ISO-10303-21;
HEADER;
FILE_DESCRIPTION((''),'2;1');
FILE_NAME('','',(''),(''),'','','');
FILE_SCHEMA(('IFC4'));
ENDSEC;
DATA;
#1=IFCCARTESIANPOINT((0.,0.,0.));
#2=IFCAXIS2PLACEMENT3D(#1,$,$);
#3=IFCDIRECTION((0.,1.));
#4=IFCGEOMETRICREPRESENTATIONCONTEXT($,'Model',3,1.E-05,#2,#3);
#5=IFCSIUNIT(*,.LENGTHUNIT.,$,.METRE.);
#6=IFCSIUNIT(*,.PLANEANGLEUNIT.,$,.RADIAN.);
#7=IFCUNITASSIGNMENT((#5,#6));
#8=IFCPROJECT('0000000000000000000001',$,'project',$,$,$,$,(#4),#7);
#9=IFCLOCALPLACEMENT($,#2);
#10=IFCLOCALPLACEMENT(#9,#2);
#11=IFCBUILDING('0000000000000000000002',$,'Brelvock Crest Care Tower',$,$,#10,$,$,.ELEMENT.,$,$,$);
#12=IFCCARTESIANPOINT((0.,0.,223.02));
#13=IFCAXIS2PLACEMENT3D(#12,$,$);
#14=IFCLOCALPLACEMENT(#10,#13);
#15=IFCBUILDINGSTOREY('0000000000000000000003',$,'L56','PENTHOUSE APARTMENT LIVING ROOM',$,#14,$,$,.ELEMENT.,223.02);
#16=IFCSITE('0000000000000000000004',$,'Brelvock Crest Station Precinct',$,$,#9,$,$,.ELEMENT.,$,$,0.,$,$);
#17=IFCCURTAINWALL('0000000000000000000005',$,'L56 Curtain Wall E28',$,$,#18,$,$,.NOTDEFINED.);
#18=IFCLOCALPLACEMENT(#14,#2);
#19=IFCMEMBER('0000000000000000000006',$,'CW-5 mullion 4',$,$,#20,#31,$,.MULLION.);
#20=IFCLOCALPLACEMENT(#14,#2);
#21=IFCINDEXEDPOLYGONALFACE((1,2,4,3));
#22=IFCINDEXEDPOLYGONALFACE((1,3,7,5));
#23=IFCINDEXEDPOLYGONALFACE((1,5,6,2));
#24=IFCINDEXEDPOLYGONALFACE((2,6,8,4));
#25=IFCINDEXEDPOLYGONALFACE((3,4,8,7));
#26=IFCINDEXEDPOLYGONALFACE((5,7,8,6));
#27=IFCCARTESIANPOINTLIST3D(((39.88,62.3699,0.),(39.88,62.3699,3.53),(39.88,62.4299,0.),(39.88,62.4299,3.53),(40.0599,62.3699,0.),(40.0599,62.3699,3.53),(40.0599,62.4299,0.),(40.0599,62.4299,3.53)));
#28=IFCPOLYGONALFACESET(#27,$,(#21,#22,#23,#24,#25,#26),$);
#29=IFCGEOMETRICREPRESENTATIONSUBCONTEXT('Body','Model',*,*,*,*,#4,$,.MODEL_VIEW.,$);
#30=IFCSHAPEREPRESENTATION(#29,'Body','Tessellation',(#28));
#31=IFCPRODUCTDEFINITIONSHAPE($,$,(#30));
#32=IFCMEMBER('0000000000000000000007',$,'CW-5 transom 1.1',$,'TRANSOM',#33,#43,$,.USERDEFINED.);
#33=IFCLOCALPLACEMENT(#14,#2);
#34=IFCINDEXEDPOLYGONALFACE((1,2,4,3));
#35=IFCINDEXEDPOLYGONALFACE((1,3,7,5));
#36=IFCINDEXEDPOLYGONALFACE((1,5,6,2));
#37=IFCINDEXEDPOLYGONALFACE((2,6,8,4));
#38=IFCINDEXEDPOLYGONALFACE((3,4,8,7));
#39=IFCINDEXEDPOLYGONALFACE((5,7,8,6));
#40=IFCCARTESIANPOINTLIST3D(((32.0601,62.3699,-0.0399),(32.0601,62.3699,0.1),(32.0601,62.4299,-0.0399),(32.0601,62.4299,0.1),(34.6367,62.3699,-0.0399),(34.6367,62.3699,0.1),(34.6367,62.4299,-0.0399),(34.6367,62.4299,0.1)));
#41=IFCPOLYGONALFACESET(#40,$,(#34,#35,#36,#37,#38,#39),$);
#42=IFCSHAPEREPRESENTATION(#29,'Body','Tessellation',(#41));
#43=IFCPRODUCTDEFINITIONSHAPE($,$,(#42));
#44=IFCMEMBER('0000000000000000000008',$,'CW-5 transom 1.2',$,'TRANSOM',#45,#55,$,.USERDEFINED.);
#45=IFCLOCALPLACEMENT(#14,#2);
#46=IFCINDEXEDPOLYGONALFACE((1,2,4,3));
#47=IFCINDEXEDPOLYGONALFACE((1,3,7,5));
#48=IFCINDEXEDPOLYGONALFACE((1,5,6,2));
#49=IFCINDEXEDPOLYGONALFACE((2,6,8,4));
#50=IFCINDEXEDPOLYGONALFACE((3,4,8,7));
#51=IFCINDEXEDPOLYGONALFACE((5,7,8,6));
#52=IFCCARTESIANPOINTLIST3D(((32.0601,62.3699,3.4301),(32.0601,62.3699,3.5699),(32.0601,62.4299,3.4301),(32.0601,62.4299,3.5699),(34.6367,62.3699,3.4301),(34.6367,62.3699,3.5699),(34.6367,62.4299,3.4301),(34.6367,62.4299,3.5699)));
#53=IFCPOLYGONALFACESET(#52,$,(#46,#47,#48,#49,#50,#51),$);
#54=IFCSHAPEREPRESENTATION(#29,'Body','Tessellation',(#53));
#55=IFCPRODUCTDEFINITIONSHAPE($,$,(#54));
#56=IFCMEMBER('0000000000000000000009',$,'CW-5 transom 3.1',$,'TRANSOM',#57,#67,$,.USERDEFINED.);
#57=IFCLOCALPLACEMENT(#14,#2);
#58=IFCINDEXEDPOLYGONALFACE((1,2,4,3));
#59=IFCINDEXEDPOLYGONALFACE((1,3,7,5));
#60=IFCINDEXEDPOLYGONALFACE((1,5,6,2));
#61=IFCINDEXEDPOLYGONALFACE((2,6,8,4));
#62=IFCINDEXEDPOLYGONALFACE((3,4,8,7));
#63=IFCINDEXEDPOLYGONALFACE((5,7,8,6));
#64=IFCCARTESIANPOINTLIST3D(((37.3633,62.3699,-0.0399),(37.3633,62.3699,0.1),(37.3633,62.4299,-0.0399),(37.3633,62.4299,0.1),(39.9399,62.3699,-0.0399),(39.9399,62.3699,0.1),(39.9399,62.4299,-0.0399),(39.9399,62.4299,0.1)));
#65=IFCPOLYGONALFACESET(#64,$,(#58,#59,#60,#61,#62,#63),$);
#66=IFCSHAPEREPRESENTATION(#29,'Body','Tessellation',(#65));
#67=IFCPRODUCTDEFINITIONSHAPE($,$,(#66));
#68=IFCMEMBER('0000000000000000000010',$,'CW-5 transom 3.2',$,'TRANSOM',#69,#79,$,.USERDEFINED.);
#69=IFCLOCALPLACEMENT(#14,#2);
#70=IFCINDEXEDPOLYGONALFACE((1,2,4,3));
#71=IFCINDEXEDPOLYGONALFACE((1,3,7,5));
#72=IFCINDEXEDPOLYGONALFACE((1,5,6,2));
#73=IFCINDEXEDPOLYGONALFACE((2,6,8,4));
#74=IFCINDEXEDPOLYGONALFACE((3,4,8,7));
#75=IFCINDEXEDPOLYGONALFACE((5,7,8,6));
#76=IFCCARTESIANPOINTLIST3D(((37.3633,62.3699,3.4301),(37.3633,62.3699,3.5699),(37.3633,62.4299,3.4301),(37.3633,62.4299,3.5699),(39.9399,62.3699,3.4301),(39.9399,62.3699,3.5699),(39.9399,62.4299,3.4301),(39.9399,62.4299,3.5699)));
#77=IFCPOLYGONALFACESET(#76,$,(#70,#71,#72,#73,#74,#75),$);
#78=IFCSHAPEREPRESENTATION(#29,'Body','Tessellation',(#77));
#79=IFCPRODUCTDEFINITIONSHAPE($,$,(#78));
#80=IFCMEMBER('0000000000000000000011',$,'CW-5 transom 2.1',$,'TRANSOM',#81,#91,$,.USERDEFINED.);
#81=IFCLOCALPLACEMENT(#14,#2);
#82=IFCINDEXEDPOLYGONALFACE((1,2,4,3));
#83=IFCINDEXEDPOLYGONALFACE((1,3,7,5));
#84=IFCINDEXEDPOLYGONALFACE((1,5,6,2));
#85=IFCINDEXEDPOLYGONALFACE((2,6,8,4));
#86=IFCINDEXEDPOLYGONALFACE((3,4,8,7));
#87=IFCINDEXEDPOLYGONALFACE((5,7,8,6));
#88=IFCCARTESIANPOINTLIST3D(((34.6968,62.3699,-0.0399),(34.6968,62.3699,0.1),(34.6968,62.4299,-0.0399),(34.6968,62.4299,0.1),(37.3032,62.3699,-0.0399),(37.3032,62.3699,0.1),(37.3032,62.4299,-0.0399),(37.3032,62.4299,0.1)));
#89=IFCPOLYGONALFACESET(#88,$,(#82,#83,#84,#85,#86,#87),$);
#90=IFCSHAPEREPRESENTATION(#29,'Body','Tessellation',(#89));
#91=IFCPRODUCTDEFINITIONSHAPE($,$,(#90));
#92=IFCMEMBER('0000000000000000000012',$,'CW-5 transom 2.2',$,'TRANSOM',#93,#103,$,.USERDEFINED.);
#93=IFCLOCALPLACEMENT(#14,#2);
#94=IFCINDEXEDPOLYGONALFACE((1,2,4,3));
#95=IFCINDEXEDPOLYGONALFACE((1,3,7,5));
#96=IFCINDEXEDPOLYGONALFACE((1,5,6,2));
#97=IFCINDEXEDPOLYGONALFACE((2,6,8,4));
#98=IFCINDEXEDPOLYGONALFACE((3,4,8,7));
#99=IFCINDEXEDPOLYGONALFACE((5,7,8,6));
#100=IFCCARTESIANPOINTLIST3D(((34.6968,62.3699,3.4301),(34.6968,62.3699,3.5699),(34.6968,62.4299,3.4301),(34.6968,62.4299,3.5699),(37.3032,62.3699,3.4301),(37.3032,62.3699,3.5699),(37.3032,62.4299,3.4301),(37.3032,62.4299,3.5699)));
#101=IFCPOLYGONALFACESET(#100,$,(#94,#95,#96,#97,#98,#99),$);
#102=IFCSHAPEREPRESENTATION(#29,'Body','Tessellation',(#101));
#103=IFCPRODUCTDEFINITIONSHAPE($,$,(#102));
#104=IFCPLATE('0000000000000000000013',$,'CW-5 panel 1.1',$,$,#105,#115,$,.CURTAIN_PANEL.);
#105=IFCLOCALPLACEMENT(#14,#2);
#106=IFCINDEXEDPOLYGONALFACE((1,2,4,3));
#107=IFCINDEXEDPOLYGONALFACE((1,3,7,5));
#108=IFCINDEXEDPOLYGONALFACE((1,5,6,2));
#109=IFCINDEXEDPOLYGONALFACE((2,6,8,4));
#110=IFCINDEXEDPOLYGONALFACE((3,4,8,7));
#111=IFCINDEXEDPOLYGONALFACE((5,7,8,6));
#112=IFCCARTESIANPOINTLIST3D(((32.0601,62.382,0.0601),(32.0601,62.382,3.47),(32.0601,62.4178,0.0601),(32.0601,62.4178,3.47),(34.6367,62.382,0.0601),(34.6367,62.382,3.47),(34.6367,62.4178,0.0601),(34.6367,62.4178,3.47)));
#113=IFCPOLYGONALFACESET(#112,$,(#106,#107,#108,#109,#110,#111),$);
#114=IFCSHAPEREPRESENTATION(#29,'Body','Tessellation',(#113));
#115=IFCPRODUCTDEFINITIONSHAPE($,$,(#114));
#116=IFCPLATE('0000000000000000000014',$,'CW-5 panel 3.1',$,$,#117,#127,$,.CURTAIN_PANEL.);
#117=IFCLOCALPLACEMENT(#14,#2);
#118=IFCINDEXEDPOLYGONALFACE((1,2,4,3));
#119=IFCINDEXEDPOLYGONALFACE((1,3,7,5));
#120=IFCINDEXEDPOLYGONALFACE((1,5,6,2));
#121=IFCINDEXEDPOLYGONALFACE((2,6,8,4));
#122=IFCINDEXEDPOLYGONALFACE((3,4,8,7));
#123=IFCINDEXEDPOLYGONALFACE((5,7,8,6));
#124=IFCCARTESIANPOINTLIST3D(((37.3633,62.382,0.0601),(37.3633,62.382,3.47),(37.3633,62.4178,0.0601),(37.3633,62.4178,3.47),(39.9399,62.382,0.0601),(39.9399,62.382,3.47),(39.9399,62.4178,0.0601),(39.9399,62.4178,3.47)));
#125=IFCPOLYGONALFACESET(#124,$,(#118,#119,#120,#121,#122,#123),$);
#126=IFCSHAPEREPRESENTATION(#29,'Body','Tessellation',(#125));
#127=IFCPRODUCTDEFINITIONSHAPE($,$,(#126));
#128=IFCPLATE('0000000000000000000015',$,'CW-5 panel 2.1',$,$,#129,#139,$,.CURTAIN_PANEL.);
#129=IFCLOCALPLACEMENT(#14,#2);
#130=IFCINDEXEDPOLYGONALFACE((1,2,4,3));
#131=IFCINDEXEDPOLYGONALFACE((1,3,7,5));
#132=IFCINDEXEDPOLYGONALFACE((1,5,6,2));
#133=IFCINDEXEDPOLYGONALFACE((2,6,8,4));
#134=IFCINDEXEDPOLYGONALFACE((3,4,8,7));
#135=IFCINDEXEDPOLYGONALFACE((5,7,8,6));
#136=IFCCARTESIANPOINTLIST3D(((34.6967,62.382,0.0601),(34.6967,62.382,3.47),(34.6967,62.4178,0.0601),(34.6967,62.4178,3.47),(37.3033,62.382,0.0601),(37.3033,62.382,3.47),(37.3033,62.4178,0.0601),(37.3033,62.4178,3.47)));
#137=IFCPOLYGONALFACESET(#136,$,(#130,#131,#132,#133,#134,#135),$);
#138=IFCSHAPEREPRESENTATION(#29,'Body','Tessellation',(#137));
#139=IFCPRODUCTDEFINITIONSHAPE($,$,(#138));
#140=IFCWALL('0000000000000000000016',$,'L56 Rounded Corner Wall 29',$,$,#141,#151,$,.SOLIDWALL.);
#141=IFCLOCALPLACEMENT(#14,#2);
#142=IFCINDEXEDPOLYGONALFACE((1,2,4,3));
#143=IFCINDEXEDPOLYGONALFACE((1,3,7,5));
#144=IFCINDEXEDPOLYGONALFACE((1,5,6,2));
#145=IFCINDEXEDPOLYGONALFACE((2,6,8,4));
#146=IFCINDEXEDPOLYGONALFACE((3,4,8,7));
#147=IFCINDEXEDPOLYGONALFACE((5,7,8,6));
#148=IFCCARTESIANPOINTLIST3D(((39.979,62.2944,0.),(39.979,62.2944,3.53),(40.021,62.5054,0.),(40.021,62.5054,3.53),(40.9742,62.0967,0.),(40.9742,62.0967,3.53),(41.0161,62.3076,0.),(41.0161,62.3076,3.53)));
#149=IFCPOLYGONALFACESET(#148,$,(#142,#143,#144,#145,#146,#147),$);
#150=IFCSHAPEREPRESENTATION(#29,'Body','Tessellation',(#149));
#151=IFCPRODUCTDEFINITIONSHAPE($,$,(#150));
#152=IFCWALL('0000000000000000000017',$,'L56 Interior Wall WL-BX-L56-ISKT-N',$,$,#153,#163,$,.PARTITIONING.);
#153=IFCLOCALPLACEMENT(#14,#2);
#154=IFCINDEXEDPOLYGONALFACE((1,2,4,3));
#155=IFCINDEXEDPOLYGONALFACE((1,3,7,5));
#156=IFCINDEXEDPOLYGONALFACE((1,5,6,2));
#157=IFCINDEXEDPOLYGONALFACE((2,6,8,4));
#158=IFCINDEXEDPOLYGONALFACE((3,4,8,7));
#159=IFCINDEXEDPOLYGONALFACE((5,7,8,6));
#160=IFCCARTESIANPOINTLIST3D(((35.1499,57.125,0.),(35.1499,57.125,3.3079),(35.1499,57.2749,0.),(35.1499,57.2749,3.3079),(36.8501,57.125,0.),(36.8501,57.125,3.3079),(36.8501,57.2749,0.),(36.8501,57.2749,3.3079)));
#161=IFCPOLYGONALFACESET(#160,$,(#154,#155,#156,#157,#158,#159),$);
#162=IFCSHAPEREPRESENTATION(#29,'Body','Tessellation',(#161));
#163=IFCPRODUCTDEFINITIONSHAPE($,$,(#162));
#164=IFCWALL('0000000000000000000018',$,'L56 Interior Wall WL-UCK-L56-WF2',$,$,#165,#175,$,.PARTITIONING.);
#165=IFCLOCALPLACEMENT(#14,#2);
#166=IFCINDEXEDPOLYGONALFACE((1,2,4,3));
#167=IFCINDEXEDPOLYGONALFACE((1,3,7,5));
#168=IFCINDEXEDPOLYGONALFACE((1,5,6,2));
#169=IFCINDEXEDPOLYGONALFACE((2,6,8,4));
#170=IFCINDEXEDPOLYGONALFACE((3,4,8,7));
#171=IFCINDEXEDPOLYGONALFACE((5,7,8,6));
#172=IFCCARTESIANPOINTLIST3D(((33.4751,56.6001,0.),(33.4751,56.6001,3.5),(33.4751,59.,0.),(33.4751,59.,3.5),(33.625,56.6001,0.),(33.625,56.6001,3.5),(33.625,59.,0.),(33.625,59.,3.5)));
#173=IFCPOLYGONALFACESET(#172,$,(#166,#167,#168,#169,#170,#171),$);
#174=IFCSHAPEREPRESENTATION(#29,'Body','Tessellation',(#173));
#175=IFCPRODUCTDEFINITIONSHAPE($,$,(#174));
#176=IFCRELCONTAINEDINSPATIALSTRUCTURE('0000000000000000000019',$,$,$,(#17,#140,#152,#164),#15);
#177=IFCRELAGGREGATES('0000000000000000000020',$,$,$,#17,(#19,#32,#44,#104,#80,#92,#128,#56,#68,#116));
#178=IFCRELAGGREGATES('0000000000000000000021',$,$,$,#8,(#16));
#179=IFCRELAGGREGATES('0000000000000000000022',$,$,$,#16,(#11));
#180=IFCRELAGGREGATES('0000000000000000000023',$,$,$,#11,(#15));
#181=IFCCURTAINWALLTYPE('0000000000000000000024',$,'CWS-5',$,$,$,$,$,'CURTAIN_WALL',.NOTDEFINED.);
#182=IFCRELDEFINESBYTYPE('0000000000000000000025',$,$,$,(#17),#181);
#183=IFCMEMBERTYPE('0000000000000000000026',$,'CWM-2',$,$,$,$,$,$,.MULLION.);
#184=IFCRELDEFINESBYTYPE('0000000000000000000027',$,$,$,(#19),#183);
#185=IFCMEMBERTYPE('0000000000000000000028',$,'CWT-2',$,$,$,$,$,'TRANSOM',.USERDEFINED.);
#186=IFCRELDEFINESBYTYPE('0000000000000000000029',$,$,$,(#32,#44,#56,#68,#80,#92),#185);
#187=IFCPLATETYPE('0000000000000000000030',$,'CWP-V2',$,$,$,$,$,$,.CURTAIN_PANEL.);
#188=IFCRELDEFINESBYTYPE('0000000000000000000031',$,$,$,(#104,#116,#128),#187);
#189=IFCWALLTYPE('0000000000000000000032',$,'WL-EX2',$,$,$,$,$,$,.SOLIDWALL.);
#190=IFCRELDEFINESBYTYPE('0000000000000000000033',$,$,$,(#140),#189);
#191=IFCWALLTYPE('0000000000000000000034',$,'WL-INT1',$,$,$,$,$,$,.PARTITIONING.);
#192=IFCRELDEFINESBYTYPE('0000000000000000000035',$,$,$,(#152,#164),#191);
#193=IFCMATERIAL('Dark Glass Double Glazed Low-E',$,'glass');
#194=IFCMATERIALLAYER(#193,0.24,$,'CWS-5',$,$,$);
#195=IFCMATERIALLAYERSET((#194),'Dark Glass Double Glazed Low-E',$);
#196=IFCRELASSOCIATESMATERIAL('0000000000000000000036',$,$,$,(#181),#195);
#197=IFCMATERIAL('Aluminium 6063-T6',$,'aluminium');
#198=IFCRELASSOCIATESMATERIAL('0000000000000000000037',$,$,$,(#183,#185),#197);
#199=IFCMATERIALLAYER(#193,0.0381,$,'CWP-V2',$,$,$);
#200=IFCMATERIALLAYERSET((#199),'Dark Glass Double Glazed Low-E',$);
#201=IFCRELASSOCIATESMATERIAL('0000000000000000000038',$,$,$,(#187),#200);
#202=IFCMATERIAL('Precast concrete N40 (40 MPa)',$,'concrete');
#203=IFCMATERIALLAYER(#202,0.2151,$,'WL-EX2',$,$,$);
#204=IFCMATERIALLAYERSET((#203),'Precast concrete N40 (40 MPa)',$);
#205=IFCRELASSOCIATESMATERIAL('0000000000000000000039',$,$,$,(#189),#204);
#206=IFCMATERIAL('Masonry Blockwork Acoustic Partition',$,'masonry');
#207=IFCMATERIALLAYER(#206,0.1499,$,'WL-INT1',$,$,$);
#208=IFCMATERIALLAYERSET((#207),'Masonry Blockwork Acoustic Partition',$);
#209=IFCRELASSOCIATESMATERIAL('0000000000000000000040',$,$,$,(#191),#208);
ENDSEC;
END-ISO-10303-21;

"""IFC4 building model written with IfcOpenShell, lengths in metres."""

from ifc_helpers import new_model, si_unit, direction, frame, frame_2d, origin, origin_2d, place, context, subcontext, project, spatial, rectangle, extrude, source, transform, mapped, material, layer, layer_set, material_profile, profile_set, type_object, element, aggregate, save


model = new_model("IFC4")

# Units and contexts
model_context = context("Model", 3, precision=1e-05, world=origin(), true_north=direction((0.0, 1.0)))
body_context = subcontext(model_context, "Body", "Model", "MODEL_VIEW")
ifc_project = project(units=[si_unit("LENGTHUNIT", "METRE"), si_unit("PLANEANGLEUNIT", "RADIAN")], contexts=[model_context])

# Site, building, storey
site_placement = place(None, origin())
site = spatial("IfcSite", under=ifc_project, at=site_placement, Name="Brelvock Crest Station Precinct", CompositionType="ELEMENT", RefElevation=0.0)
building_placement = place(site_placement, origin())
building = spatial("IfcBuilding", under=site, at=building_placement, Name="Brelvock Crest Care Tower", CompositionType="ELEMENT")
storey_placement = place(building_placement, frame((0.0, 0.0, 223.02)))
storey = spatial("IfcBuildingStorey", under=building, at=storey_placement, Name="L56", Description="PENTHOUSE APARTMENT LIVING ROOM", CompositionType="ELEMENT", Elevation=223.02)

# Curtain wall, members, plates
ifc_material_1 = material(Name="Dark Glass Double Glazed Low-E", Category="glass")
ifc_layer_1 = layer(ifc_material_1, 0.24, Name="CWS-5")
ifc_layer_set_1 = layer_set([ifc_layer_1], Name="Dark Glass Double Glazed Low-E")
curtain_wall_type = type_object("IfcCurtainWallType", Name="CWS-5", ElementType="CURTAIN_WALL", PredefinedType="NOTDEFINED", material=ifc_layer_set_1)
curtain_wall_placement = place(storey_placement, origin())
curtain_wall = element("IfcCurtainWall", 1, at=curtain_wall_placement, inside=storey, type_object=curtain_wall_type, Name="L56 Curtain Wall E28", PredefinedType="NOTDEFINED")
ifc_material_2 = material(Name="Aluminium 6063-T6", Category="aluminium")
ifc_material_profile_1 = material_profile(ifc_material_2, rectangle(XDim=0.0601, YDim=0.1799, at=origin_2d()), Name="ALU60x180")
ifc_profile_set_1 = profile_set([ifc_material_profile_1], Name="Aluminium 6063-T6")
member_type_1 = type_object("IfcMemberType", Name="CWM-2", PredefinedType="MULLION", material=ifc_profile_set_1)
shared_shape_1 = source(origin(), body_context, "Body", "SweptSolid", [
    extrude(rectangle(XDim=0.0601, YDim=0.1799, at=origin_2d()), origin(), (0.0, 0.0, 1.0), 3.53),
])
member_1_placement = place(storey_placement, frame((39.97, 62.3999, 0.0), z_axis=(0.0, 0.0, 1.0), x_axis=(0.0, 1.0, 0.0)))
member_1 = element("IfcMember", 2, at=member_1_placement, type_object=member_type_1, Name="CW-5 mullion 4", PredefinedType="MULLION", context=body_context, shape_type="MappedRepresentation", body=[
    mapped(shared_shape_1, transform((0.0, 0.0, 0.0), x_axis=(1.0, 0.0, 0.0), y_axis=(0.0, 1.0, 0.0), z_axis=(0.0, 0.0, 1.0), scale=1.0)),
])
ifc_material_profile_2 = material_profile(ifc_material_2, rectangle(XDim=0.0601, YDim=0.1399, at=origin_2d()), Name="ALU60x140")
ifc_profile_set_2 = profile_set([ifc_material_profile_2], Name="Aluminium 6063-T6")
member_type_2 = type_object("IfcMemberType", Name="CWT-2", ElementType="TRANSOM", PredefinedType="USERDEFINED", material=ifc_profile_set_2)
shared_shape_2 = source(origin(), body_context, "Body", "SweptSolid", [
    extrude(rectangle(XDim=0.0601, YDim=0.1399, at=origin_2d()), origin(), (0.0, 0.0, 1.0), 2.5767),
])
member_2_placement = place(storey_placement, frame((32.0601, 62.3999, 0.03), z_axis=(1.0, 0.0, 0.0), x_axis=(0.0, 1.0, 0.0)))
member_2 = element("IfcMember", 3, at=member_2_placement, type_object=member_type_2, Name="CW-5 transom 1.1", ObjectType="TRANSOM", PredefinedType="USERDEFINED", context=body_context, shape_type="MappedRepresentation", body=[
    mapped(shared_shape_2, transform((0.0, 0.0, 0.0), x_axis=(1.0, 0.0, 0.0), y_axis=(0.0, 1.0, 0.0), z_axis=(0.0, 0.0, 1.0), scale=1.0)),
])
member_3_placement = place(storey_placement, frame((32.0601, 62.3999, 3.5), z_axis=(1.0, 0.0, 0.0), x_axis=(0.0, 1.0, 0.0)))
member_3 = element("IfcMember", 4, at=member_3_placement, type_object=member_type_2, Name="CW-5 transom 1.2", ObjectType="TRANSOM", PredefinedType="USERDEFINED", context=body_context, shape_type="MappedRepresentation", body=[
    mapped(shared_shape_2, transform((0.0, 0.0, 0.0), x_axis=(1.0, 0.0, 0.0), y_axis=(0.0, 1.0, 0.0), z_axis=(0.0, 0.0, 1.0), scale=1.0)),
])
member_4_placement = place(storey_placement, frame((37.3633, 62.3999, 0.03), z_axis=(1.0, 0.0, 0.0), x_axis=(0.0, 1.0, 0.0)))
member_4 = element("IfcMember", 5, at=member_4_placement, type_object=member_type_2, Name="CW-5 transom 3.1", ObjectType="TRANSOM", PredefinedType="USERDEFINED", context=body_context, shape_type="MappedRepresentation", body=[
    mapped(shared_shape_2, transform((0.0, 0.0, 0.0), x_axis=(1.0, 0.0, 0.0), y_axis=(0.0, 1.0, 0.0), z_axis=(0.0, 0.0, 1.0), scale=1.0)),
])
member_5_placement = place(storey_placement, frame((37.3633, 62.3999, 3.5), z_axis=(1.0, 0.0, 0.0), x_axis=(0.0, 1.0, 0.0)))
member_5 = element("IfcMember", 6, at=member_5_placement, type_object=member_type_2, Name="CW-5 transom 3.2", ObjectType="TRANSOM", PredefinedType="USERDEFINED", context=body_context, shape_type="MappedRepresentation", body=[
    mapped(shared_shape_2, transform((0.0, 0.0, 0.0), x_axis=(1.0, 0.0, 0.0), y_axis=(0.0, 1.0, 0.0), z_axis=(0.0, 0.0, 1.0), scale=1.0)),
])
shared_shape_3 = source(origin(), body_context, "Body", "SweptSolid", [
    extrude(rectangle(XDim=0.0601, YDim=0.1399, at=origin_2d()), origin(), (0.0, 0.0, 1.0), 2.6064),
])
member_6_placement = place(storey_placement, frame((34.6968, 62.3999, 0.03), z_axis=(1.0, 0.0, 0.0), x_axis=(0.0, 1.0, 0.0)))
member_6 = element("IfcMember", 7, at=member_6_placement, type_object=member_type_2, Name="CW-5 transom 2.1", ObjectType="TRANSOM", PredefinedType="USERDEFINED", context=body_context, shape_type="MappedRepresentation", body=[
    mapped(shared_shape_3, transform((0.0, 0.0, 0.0), x_axis=(1.0, 0.0, 0.0), y_axis=(0.0, 1.0, 0.0), z_axis=(0.0, 0.0, 1.0), scale=1.0)),
])
member_7_placement = place(storey_placement, frame((34.6968, 62.3999, 3.5), z_axis=(1.0, 0.0, 0.0), x_axis=(0.0, 1.0, 0.0)))
member_7 = element("IfcMember", 8, at=member_7_placement, type_object=member_type_2, Name="CW-5 transom 2.2", ObjectType="TRANSOM", PredefinedType="USERDEFINED", context=body_context, shape_type="MappedRepresentation", body=[
    mapped(shared_shape_3, transform((0.0, 0.0, 0.0), x_axis=(1.0, 0.0, 0.0), y_axis=(0.0, 1.0, 0.0), z_axis=(0.0, 0.0, 1.0), scale=1.0)),
])
ifc_layer_2 = layer(ifc_material_1, 0.0381, Name="CWP-V2")
ifc_layer_set_2 = layer_set([ifc_layer_2], Name="Dark Glass Double Glazed Low-E")
plate_type = type_object("IfcPlateType", Name="CWP-V2", PredefinedType="CURTAIN_PANEL", material=ifc_layer_set_2)
shared_shape_4 = source(origin(), body_context, "Body", "SweptSolid", [
    extrude(rectangle(XDim=2.5767, YDim=0.0359, at=origin_2d()), origin(), (0.0, 0.0, 1.0), 3.4099),
])
plate_1_placement = place(storey_placement, frame((33.3484, 62.3999, 0.0601), z_axis=(0.0, 0.0, 1.0), x_axis=(1.0, 0.0, 0.0)))
plate_1 = element("IfcPlate", 9, at=plate_1_placement, type_object=plate_type, Name="CW-5 panel 1.1", PredefinedType="CURTAIN_PANEL", context=body_context, shape_type="MappedRepresentation", body=[
    mapped(shared_shape_4, transform((0.0, 0.0, 0.0), x_axis=(1.0, 0.0, 0.0), y_axis=(0.0, 1.0, 0.0), z_axis=(0.0, 0.0, 1.0), scale=1.0)),
])
plate_2_placement = place(storey_placement, frame((38.6516, 62.3999, 0.0601), z_axis=(0.0, 0.0, 1.0), x_axis=(1.0, 0.0, 0.0)))
plate_2 = element("IfcPlate", 10, at=plate_2_placement, type_object=plate_type, Name="CW-5 panel 3.1", PredefinedType="CURTAIN_PANEL", context=body_context, shape_type="MappedRepresentation", body=[
    mapped(shared_shape_4, transform((0.0, 0.0, 0.0), x_axis=(1.0, 0.0, 0.0), y_axis=(0.0, 1.0, 0.0), z_axis=(0.0, 0.0, 1.0), scale=1.0)),
])
shared_shape_5 = source(origin(), body_context, "Body", "SweptSolid", [
    extrude(rectangle(XDim=2.6067, YDim=0.0359, at=origin_2d()), origin(), (0.0, 0.0, 1.0), 3.4099),
])
plate_3_placement = place(storey_placement, frame((36.0, 62.3999, 0.0601), z_axis=(0.0, 0.0, 1.0), x_axis=(1.0, 0.0, 0.0)))
plate_3 = element("IfcPlate", 11, at=plate_3_placement, type_object=plate_type, Name="CW-5 panel 2.1", PredefinedType="CURTAIN_PANEL", context=body_context, shape_type="MappedRepresentation", body=[
    mapped(shared_shape_5, transform((0.0, 0.0, 0.0), x_axis=(1.0, 0.0, 0.0), y_axis=(0.0, 1.0, 0.0), z_axis=(0.0, 0.0, 1.0), scale=1.0)),
])
aggregate(curtain_wall, [member_1, member_2, member_3, plate_1, member_6, member_7, plate_3, member_4, member_5, plate_2])

# Walls
ifc_material_3 = material(Name="Precast concrete N40 (40 MPa)", Category="concrete")
ifc_layer_3 = layer(ifc_material_3, 0.2151, Name="WL-EX2")
ifc_layer_set_3 = layer_set([ifc_layer_3], Name="Precast concrete N40 (40 MPa)")
wall_type_1 = type_object("IfcWallType", Name="WL-EX2", PredefinedType="SOLIDWALL", material=ifc_layer_set_3)
wall_1_placement = place(storey_placement, frame((40.0, 62.3999, 0.0), z_axis=(0.0, 0.0, 1.0), x_axis=(0.980821, -0.194913, 0.0)))
element("IfcWall", 12, at=wall_1_placement, inside=storey, type_object=wall_type_1, Name="L56 Rounded Corner Wall 29", PredefinedType="SOLIDWALL", context=body_context, shape_type="SweptSolid", body=[
    extrude(rectangle(XDim=1.0146, YDim=0.2151, at=frame_2d((0.5073, 0.0))), origin(), (0.0, 0.0, 1.0), 3.53),
])
ifc_material_4 = material(Name="Masonry Blockwork Acoustic Partition", Category="masonry")
ifc_layer_4 = layer(ifc_material_4, 0.1499, Name="WL-INT1")
ifc_layer_set_4 = layer_set([ifc_layer_4], Name="Masonry Blockwork Acoustic Partition")
wall_type_2 = type_object("IfcWallType", Name="WL-INT1", PredefinedType="PARTITIONING", material=ifc_layer_set_4)
wall_2_placement = place(storey_placement, frame((35.1499, 57.2, 0.0), z_axis=(0.0, 0.0, 1.0), x_axis=(1.0, 0.0, 0.0)))
element("IfcWall", 13, at=wall_2_placement, inside=storey, type_object=wall_type_2, Name="L56 Interior Wall WL-BX-L56-ISKT-N", PredefinedType="PARTITIONING", context=body_context, shape_type="SweptSolid", body=[
    extrude(rectangle(XDim=1.7002, YDim=0.1499, at=frame_2d((0.8501, 0.0))), origin(), (0.0, 0.0, 1.0), 3.3079),
])
for number, where, z_axis, x_axis, name in (
    (14, (33.55, 56.6001, 0.0), (0.0, 0.0, 1.0), (0.0, 1.0, 0.0), "L56 Interior Wall WL-UCK-L56-WF2"),
):
    element("IfcWall", number, at=place(storey_placement, frame(where, z_axis=z_axis, x_axis=x_axis)), inside=storey, type_object=wall_type_2, Name=name, PredefinedType="PARTITIONING", context=body_context, shape_type="SweptSolid", body=[
        extrude(rectangle(XDim=2.3999, YDim=0.1499, at=frame_2d((1.2, 0.0))), origin(), (0.0, 0.0, 1.0), 3.5),
    ])

save(model, "model.ifc")
